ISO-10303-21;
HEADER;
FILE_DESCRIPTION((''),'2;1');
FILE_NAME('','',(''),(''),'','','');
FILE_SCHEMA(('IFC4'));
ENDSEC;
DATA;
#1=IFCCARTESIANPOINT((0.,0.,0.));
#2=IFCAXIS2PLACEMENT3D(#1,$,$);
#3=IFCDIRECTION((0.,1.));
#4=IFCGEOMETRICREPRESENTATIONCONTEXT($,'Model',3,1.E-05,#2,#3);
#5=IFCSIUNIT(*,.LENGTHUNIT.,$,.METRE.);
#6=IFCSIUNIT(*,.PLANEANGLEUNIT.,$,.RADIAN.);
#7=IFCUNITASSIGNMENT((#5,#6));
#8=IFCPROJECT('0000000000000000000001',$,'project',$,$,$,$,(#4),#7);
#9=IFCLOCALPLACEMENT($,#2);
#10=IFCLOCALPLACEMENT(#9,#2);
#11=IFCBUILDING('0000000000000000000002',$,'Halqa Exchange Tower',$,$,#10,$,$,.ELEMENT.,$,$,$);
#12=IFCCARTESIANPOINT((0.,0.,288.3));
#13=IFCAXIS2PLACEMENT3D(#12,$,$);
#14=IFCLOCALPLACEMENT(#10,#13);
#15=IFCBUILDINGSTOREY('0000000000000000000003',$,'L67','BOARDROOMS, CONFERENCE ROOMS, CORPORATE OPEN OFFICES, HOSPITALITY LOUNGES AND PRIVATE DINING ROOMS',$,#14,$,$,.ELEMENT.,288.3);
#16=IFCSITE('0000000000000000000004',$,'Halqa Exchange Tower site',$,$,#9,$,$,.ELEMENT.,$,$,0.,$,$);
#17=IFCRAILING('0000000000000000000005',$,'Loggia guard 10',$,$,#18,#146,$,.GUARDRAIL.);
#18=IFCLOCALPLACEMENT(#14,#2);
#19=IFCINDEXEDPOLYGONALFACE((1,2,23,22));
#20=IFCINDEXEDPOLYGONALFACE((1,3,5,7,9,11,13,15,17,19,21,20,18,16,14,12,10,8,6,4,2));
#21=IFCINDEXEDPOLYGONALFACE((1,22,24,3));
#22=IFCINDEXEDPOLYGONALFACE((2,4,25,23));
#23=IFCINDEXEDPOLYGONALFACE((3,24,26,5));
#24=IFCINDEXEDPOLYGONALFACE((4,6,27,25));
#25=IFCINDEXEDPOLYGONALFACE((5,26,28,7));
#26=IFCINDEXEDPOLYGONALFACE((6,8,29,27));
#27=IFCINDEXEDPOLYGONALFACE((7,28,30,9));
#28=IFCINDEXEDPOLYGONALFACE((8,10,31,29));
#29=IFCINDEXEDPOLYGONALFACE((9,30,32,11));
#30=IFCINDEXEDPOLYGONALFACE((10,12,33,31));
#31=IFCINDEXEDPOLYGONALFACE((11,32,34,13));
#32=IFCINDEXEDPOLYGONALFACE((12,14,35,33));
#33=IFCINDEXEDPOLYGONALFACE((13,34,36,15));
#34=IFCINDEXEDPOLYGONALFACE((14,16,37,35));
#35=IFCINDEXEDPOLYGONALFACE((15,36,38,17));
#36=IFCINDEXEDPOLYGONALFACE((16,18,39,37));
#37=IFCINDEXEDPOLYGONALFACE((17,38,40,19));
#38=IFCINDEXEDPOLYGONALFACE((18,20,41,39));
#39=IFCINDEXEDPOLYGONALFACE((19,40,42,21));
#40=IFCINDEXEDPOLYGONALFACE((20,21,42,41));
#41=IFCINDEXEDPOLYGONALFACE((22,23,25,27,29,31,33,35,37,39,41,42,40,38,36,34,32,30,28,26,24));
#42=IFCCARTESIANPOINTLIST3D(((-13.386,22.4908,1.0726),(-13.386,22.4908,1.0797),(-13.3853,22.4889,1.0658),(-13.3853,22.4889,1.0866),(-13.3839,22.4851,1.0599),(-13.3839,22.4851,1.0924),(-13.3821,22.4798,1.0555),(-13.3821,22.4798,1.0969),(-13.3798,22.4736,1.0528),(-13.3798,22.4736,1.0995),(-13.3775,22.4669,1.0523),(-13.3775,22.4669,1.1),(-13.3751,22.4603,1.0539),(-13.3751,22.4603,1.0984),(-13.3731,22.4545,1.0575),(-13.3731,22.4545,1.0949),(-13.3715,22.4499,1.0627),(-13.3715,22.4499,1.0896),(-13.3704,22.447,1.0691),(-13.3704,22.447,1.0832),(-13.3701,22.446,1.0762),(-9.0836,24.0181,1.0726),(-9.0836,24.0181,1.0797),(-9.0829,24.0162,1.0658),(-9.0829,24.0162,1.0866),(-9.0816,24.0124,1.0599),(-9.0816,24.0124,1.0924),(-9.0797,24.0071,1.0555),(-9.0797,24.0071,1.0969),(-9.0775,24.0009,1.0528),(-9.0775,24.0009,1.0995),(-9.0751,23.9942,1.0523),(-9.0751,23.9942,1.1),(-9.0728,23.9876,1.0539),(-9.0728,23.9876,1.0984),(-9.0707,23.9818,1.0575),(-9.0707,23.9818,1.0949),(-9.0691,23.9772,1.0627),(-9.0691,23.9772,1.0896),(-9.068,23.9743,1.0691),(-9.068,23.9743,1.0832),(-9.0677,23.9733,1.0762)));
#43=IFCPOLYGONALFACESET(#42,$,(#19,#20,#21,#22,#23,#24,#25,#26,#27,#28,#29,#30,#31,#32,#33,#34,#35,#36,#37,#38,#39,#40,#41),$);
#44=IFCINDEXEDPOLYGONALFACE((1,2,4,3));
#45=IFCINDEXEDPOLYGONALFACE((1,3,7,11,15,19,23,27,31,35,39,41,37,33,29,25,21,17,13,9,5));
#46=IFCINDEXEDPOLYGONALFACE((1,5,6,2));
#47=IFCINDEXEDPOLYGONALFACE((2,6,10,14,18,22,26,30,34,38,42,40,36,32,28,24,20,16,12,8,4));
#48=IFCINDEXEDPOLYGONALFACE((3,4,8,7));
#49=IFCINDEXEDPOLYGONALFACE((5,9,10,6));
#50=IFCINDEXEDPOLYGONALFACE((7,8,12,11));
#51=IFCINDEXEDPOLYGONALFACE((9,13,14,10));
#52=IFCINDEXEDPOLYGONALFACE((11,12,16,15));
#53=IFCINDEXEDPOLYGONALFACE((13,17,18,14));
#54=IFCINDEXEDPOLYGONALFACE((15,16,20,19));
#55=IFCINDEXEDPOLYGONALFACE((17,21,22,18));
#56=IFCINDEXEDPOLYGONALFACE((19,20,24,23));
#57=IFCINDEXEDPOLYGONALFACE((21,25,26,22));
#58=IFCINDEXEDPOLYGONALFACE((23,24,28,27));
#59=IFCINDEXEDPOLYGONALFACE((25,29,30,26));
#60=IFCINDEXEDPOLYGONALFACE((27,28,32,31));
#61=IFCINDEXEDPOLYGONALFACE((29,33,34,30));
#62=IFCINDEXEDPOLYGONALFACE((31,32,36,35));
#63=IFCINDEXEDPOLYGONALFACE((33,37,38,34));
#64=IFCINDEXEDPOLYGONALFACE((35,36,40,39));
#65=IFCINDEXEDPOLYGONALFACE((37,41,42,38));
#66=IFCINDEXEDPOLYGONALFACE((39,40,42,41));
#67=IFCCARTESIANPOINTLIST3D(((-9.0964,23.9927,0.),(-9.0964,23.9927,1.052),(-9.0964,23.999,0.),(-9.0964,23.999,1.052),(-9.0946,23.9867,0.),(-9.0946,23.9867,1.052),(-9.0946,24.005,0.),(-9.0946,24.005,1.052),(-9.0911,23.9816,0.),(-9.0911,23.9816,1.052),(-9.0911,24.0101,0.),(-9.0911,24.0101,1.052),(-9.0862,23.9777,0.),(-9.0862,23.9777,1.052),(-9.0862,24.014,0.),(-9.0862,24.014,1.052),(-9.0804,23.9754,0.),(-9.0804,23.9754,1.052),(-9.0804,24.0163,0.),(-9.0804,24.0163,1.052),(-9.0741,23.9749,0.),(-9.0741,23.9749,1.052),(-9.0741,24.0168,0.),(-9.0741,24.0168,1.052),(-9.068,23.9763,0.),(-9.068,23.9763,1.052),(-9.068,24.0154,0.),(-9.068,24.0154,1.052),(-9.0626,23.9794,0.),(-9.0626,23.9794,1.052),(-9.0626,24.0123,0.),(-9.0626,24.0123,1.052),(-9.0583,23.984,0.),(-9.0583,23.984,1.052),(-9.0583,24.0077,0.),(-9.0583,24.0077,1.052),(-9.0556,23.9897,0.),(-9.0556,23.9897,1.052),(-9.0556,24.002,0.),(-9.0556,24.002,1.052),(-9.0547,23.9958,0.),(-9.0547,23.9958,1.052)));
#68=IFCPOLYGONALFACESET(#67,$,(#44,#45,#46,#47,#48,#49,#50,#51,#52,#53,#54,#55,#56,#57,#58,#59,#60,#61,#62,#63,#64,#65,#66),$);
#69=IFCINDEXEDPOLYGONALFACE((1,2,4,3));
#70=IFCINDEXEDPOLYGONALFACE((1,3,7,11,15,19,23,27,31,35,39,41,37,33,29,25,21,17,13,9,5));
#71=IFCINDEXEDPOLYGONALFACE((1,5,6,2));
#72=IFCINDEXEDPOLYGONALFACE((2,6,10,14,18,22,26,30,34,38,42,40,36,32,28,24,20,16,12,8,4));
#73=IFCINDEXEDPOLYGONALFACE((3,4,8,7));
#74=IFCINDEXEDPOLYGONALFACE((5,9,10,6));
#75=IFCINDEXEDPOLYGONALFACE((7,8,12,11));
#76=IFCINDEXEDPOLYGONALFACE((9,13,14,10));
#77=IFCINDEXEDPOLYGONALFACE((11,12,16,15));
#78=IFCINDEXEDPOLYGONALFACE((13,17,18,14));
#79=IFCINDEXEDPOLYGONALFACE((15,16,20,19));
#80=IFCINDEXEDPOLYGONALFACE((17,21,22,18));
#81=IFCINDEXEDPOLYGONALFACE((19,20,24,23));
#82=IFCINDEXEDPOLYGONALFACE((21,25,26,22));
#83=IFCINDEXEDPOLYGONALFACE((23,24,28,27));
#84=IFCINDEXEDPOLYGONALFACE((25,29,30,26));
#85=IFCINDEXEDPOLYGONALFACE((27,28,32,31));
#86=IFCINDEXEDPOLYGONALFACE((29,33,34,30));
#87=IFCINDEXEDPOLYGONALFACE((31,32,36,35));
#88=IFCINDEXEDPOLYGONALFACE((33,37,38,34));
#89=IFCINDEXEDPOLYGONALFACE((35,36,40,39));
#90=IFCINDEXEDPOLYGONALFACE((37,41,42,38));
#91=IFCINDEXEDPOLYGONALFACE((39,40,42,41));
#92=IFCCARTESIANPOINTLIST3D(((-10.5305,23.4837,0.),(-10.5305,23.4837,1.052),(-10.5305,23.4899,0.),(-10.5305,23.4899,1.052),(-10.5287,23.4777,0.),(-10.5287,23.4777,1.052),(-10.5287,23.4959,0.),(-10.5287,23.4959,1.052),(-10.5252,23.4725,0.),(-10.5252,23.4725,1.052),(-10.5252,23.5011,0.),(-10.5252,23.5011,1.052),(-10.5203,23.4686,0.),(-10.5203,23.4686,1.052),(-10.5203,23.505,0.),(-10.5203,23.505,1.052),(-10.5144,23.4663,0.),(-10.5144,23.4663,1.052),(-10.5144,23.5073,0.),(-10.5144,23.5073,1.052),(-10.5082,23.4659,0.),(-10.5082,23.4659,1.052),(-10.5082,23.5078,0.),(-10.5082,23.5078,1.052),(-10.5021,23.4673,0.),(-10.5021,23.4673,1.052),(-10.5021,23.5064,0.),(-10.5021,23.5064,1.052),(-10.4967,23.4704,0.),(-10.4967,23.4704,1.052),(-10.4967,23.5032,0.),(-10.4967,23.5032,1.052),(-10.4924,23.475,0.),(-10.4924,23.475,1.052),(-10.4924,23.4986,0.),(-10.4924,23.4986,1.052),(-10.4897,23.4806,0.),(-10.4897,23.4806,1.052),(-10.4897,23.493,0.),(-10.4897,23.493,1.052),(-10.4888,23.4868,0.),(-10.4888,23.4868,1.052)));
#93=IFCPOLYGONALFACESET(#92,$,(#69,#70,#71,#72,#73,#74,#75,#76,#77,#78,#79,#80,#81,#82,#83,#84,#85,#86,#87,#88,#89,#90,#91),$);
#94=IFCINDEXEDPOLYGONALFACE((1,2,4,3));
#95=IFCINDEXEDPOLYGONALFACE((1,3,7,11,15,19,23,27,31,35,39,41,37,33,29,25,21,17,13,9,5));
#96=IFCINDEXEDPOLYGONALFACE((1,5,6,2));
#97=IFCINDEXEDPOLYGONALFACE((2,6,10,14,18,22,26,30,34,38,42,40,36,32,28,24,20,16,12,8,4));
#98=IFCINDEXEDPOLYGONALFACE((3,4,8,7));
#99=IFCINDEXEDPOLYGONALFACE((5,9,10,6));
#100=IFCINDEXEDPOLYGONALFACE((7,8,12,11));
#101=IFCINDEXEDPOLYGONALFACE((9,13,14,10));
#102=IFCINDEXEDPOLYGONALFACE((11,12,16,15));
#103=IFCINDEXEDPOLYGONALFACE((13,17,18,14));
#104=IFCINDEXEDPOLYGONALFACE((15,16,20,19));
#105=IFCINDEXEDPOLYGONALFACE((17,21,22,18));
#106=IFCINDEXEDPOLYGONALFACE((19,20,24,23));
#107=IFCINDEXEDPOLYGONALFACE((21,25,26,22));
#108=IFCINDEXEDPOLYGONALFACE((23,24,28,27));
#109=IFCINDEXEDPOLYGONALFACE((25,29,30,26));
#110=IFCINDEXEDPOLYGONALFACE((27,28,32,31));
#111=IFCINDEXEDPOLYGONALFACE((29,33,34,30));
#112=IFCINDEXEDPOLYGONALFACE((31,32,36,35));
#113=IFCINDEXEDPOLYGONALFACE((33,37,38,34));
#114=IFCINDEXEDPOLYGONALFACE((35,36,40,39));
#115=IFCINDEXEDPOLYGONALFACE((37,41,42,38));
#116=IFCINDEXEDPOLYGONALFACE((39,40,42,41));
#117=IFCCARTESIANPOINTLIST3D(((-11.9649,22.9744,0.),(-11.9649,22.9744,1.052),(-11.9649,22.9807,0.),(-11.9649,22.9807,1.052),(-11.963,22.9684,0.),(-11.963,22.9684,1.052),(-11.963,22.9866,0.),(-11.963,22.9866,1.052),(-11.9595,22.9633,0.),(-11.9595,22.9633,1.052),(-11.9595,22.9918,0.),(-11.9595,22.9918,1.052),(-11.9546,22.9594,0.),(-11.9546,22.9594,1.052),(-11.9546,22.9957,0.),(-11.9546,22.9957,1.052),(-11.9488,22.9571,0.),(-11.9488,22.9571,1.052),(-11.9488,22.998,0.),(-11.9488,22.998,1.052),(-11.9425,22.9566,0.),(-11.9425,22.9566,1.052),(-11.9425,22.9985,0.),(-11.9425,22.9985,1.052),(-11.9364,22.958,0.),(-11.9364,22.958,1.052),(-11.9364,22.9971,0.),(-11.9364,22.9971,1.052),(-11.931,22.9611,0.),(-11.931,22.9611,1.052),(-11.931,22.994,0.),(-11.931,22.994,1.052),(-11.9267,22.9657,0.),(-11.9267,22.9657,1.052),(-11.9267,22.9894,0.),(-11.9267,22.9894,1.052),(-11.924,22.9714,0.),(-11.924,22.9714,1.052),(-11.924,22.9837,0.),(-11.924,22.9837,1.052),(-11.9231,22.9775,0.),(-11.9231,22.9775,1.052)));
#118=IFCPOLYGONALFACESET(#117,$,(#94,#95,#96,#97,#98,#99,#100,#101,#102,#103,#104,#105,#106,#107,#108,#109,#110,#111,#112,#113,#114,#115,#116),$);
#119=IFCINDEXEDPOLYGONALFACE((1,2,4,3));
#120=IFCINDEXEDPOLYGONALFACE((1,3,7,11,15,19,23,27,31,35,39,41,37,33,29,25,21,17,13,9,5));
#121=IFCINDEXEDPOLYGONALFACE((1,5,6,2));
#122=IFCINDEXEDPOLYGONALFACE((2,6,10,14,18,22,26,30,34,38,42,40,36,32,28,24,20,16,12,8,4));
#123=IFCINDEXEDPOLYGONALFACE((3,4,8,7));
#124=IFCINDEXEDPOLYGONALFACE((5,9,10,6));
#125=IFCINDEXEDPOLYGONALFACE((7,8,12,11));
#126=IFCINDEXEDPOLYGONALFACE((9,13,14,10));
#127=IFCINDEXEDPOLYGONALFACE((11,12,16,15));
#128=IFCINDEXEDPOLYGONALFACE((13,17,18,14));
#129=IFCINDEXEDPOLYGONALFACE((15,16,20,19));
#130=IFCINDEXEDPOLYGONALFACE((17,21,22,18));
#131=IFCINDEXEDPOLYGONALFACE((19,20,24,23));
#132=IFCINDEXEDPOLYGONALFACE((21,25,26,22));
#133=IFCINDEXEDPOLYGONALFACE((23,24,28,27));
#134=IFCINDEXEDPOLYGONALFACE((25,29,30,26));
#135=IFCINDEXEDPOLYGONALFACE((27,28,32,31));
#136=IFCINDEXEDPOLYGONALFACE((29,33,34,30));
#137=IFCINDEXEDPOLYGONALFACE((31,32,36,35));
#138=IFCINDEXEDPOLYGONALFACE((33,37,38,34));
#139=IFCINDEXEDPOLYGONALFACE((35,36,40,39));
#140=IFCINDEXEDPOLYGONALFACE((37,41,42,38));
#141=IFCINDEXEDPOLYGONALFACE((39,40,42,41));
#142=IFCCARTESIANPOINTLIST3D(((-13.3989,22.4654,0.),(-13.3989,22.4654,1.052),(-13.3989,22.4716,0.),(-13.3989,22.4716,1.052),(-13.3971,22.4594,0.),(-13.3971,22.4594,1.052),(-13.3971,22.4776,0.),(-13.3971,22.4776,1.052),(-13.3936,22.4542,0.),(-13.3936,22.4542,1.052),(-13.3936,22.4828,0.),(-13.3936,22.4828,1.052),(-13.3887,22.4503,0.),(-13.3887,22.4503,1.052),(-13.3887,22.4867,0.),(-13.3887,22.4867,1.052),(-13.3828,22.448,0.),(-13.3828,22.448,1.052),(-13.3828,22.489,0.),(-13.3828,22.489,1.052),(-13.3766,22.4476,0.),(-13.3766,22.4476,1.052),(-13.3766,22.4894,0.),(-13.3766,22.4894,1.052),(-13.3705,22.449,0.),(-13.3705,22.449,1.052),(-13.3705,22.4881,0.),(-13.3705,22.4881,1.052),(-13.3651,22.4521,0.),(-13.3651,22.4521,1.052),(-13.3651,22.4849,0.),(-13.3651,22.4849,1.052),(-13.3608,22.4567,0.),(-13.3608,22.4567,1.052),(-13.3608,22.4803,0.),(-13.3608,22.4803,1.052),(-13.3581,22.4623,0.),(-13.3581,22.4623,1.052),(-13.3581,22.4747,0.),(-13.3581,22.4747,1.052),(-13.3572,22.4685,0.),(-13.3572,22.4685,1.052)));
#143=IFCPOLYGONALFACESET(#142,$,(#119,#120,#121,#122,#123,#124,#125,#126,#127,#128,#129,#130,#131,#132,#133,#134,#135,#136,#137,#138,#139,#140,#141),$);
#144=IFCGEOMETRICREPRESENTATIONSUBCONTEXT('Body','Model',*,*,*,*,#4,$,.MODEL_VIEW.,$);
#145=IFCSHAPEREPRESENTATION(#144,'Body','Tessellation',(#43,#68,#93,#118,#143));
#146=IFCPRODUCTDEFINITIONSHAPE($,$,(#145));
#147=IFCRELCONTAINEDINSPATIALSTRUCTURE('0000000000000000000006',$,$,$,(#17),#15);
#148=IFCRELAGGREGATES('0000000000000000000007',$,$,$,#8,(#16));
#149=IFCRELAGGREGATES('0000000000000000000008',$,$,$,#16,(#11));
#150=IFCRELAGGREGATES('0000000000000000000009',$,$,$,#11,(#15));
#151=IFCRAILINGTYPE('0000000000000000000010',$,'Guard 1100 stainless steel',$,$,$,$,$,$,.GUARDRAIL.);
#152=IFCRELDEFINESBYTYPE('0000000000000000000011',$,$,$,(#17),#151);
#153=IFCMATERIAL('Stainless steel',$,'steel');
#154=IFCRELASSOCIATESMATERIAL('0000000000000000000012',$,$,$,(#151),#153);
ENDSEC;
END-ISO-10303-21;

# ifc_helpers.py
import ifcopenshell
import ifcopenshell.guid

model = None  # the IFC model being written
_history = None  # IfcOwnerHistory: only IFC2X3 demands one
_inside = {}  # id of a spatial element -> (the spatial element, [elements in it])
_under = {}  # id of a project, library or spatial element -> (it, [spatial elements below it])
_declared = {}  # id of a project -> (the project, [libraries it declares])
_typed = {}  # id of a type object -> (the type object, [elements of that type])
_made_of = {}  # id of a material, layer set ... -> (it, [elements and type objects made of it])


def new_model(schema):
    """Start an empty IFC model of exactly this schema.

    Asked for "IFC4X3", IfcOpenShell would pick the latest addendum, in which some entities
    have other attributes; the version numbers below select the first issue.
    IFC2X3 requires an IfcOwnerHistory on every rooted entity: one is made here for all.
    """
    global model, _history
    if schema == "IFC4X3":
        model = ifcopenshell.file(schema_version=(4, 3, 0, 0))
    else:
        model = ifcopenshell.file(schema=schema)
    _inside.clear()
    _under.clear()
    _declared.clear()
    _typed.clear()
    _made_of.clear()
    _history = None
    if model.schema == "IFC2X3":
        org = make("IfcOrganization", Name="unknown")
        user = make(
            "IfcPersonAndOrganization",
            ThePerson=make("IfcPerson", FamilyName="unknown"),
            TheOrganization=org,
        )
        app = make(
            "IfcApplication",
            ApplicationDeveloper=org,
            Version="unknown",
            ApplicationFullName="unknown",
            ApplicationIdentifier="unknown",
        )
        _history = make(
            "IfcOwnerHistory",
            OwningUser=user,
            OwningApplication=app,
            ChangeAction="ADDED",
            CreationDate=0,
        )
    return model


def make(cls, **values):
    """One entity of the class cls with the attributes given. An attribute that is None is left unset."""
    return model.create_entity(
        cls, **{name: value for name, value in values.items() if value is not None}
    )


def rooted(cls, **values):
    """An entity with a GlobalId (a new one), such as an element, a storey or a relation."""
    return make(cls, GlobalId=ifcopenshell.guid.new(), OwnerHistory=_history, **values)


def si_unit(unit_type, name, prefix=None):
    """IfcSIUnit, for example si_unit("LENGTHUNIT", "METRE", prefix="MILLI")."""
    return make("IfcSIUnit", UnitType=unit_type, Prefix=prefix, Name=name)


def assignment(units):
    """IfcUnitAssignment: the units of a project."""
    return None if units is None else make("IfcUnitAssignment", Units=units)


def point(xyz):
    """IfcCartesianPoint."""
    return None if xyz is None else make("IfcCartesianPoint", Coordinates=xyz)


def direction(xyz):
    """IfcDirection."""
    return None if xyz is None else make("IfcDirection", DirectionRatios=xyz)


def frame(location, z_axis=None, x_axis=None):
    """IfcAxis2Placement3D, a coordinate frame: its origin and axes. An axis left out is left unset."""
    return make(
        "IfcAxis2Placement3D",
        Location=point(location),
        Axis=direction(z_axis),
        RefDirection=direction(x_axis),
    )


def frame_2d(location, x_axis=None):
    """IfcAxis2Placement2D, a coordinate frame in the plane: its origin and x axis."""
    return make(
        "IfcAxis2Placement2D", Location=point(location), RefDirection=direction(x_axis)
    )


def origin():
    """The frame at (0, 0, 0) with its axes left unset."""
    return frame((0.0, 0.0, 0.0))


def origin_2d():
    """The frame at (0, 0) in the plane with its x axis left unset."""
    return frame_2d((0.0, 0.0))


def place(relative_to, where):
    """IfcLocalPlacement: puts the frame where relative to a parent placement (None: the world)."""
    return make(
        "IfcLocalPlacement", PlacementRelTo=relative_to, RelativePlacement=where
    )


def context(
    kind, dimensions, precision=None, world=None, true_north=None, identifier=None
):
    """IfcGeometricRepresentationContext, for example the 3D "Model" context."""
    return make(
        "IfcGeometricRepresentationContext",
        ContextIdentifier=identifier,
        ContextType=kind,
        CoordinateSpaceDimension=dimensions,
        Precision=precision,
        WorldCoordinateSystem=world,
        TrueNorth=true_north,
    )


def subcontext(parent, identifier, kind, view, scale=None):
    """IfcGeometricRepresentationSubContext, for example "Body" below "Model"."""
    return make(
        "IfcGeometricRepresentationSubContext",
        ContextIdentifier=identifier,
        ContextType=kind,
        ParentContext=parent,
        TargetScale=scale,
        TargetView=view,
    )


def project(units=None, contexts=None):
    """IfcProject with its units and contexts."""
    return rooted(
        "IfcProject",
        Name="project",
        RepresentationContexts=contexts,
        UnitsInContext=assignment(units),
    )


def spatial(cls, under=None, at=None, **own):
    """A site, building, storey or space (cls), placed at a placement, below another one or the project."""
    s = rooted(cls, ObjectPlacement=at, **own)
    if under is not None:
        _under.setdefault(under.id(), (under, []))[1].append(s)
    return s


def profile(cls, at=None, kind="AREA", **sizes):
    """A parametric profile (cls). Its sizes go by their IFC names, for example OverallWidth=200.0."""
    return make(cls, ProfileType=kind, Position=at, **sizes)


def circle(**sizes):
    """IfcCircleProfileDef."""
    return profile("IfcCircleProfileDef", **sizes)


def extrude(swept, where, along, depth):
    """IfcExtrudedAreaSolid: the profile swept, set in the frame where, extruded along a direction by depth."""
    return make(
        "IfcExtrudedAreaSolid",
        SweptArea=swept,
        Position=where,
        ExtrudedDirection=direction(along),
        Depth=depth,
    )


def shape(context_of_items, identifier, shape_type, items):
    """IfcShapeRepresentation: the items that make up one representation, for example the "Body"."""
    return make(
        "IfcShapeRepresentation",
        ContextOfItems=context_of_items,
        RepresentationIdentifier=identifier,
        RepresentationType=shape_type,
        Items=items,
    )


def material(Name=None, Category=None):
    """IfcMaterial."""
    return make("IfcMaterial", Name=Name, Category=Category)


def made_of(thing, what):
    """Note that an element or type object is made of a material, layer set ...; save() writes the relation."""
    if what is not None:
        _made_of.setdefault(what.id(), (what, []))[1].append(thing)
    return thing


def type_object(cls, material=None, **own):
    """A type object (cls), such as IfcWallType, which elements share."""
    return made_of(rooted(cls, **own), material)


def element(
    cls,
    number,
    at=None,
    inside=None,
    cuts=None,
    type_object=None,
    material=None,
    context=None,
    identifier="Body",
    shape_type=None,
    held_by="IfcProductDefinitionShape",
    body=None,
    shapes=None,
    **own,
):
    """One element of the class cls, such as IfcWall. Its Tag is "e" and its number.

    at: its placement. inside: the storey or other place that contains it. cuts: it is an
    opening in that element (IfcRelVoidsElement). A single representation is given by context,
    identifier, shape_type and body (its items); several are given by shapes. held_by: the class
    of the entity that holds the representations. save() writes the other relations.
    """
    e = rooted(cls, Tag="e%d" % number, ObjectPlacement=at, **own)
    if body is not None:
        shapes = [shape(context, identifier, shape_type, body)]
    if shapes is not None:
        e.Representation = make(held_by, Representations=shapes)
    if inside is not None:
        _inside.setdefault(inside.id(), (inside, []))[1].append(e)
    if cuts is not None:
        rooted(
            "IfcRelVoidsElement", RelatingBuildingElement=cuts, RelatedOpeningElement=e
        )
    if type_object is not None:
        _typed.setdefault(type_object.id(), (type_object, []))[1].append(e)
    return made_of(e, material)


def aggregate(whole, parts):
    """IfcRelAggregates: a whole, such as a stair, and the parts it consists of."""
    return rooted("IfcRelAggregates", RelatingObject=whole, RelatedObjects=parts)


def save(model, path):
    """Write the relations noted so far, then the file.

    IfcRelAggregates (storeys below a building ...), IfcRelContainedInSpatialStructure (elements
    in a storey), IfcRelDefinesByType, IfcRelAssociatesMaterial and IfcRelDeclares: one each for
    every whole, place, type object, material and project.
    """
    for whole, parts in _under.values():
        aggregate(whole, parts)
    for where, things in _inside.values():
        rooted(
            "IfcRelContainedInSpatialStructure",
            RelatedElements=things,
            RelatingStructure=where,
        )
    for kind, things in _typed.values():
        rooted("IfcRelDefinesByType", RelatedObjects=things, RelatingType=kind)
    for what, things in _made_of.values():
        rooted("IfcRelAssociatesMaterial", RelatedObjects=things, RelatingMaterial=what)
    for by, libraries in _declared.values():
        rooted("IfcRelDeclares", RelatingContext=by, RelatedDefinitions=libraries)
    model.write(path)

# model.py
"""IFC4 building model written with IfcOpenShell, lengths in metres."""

from ifc_helpers import new_model, si_unit, direction, frame, origin, origin_2d, place, context, subcontext, project, spatial, circle, extrude, material, type_object, element, save


model = new_model("IFC4")

# Units and contexts
model_context = context("Model", 3, precision=1e-05, world=origin(), true_north=direction((0.0, 1.0)))
body_context = subcontext(model_context, "Body", "Model", "MODEL_VIEW")
ifc_project = project(units=[si_unit("LENGTHUNIT", "METRE"), si_unit("PLANEANGLEUNIT", "RADIAN")], contexts=[model_context])

# Site, building, storey
site_placement = place(None, origin())
site = spatial("IfcSite", under=ifc_project, at=site_placement, Name="Halqa Exchange Tower site", CompositionType="ELEMENT", RefElevation=0.0)
building_placement = place(site_placement, origin())
building = spatial("IfcBuilding", under=site, at=building_placement, Name="Halqa Exchange Tower", CompositionType="ELEMENT")
storey_placement = place(building_placement, frame((0.0, 0.0, 288.3)))
storey = spatial("IfcBuildingStorey", under=building, at=storey_placement, Name="L67", Description="BOARDROOMS, CONFERENCE ROOMS, CORPORATE OPEN OFFICES, HOSPITALITY LOUNGES AND PRIVATE DINING ROOMS", CompositionType="ELEMENT", Elevation=288.3)

# Railing
ifc_material_1 = material(Name="Stainless steel", Category="steel")
railing_type_1 = type_object("IfcRailingType", Name="Guard 1100 stainless steel", PredefinedType="GUARDRAIL", material=ifc_material_1)
railing_1_placement = place(storey_placement, frame((-9.0757, 23.9958, 0.0)))
element("IfcRailing", 1, at=railing_1_placement, inside=storey, type_object=railing_type_1, Name="Loggia guard 10", PredefinedType="GUARDRAIL", context=body_context, shape_type="SweptSolid", body=[
    extrude(circle(Radius=0.0239, at=origin_2d()), frame((0.0, 0.0, 1.0762), z_axis=(-0.942383, -0.334537, 0.0), x_axis=(0.334537, -0.942383, 0.0)), (0.0, 0.0, 1.0), 4.5654),
    extrude(circle(Radius=0.021, at=origin_2d()), origin(), (0.0, 0.0, 1.0), 1.052),
    extrude(circle(Radius=0.021, at=origin_2d()), frame((-1.4341, -0.509, 0.0)), (0.0, 0.0, 1.0), 1.052),
    extrude(circle(Radius=0.021, at=origin_2d()), frame((-2.8684, -1.0183, 0.0)), (0.0, 0.0, 1.0), 1.052),
    extrude(circle(Radius=0.021, at=origin_2d()), frame((-4.3025, -1.5273, 0.0)), (0.0, 0.0, 1.0), 1.052),
])

save(model, "model.ifc")
